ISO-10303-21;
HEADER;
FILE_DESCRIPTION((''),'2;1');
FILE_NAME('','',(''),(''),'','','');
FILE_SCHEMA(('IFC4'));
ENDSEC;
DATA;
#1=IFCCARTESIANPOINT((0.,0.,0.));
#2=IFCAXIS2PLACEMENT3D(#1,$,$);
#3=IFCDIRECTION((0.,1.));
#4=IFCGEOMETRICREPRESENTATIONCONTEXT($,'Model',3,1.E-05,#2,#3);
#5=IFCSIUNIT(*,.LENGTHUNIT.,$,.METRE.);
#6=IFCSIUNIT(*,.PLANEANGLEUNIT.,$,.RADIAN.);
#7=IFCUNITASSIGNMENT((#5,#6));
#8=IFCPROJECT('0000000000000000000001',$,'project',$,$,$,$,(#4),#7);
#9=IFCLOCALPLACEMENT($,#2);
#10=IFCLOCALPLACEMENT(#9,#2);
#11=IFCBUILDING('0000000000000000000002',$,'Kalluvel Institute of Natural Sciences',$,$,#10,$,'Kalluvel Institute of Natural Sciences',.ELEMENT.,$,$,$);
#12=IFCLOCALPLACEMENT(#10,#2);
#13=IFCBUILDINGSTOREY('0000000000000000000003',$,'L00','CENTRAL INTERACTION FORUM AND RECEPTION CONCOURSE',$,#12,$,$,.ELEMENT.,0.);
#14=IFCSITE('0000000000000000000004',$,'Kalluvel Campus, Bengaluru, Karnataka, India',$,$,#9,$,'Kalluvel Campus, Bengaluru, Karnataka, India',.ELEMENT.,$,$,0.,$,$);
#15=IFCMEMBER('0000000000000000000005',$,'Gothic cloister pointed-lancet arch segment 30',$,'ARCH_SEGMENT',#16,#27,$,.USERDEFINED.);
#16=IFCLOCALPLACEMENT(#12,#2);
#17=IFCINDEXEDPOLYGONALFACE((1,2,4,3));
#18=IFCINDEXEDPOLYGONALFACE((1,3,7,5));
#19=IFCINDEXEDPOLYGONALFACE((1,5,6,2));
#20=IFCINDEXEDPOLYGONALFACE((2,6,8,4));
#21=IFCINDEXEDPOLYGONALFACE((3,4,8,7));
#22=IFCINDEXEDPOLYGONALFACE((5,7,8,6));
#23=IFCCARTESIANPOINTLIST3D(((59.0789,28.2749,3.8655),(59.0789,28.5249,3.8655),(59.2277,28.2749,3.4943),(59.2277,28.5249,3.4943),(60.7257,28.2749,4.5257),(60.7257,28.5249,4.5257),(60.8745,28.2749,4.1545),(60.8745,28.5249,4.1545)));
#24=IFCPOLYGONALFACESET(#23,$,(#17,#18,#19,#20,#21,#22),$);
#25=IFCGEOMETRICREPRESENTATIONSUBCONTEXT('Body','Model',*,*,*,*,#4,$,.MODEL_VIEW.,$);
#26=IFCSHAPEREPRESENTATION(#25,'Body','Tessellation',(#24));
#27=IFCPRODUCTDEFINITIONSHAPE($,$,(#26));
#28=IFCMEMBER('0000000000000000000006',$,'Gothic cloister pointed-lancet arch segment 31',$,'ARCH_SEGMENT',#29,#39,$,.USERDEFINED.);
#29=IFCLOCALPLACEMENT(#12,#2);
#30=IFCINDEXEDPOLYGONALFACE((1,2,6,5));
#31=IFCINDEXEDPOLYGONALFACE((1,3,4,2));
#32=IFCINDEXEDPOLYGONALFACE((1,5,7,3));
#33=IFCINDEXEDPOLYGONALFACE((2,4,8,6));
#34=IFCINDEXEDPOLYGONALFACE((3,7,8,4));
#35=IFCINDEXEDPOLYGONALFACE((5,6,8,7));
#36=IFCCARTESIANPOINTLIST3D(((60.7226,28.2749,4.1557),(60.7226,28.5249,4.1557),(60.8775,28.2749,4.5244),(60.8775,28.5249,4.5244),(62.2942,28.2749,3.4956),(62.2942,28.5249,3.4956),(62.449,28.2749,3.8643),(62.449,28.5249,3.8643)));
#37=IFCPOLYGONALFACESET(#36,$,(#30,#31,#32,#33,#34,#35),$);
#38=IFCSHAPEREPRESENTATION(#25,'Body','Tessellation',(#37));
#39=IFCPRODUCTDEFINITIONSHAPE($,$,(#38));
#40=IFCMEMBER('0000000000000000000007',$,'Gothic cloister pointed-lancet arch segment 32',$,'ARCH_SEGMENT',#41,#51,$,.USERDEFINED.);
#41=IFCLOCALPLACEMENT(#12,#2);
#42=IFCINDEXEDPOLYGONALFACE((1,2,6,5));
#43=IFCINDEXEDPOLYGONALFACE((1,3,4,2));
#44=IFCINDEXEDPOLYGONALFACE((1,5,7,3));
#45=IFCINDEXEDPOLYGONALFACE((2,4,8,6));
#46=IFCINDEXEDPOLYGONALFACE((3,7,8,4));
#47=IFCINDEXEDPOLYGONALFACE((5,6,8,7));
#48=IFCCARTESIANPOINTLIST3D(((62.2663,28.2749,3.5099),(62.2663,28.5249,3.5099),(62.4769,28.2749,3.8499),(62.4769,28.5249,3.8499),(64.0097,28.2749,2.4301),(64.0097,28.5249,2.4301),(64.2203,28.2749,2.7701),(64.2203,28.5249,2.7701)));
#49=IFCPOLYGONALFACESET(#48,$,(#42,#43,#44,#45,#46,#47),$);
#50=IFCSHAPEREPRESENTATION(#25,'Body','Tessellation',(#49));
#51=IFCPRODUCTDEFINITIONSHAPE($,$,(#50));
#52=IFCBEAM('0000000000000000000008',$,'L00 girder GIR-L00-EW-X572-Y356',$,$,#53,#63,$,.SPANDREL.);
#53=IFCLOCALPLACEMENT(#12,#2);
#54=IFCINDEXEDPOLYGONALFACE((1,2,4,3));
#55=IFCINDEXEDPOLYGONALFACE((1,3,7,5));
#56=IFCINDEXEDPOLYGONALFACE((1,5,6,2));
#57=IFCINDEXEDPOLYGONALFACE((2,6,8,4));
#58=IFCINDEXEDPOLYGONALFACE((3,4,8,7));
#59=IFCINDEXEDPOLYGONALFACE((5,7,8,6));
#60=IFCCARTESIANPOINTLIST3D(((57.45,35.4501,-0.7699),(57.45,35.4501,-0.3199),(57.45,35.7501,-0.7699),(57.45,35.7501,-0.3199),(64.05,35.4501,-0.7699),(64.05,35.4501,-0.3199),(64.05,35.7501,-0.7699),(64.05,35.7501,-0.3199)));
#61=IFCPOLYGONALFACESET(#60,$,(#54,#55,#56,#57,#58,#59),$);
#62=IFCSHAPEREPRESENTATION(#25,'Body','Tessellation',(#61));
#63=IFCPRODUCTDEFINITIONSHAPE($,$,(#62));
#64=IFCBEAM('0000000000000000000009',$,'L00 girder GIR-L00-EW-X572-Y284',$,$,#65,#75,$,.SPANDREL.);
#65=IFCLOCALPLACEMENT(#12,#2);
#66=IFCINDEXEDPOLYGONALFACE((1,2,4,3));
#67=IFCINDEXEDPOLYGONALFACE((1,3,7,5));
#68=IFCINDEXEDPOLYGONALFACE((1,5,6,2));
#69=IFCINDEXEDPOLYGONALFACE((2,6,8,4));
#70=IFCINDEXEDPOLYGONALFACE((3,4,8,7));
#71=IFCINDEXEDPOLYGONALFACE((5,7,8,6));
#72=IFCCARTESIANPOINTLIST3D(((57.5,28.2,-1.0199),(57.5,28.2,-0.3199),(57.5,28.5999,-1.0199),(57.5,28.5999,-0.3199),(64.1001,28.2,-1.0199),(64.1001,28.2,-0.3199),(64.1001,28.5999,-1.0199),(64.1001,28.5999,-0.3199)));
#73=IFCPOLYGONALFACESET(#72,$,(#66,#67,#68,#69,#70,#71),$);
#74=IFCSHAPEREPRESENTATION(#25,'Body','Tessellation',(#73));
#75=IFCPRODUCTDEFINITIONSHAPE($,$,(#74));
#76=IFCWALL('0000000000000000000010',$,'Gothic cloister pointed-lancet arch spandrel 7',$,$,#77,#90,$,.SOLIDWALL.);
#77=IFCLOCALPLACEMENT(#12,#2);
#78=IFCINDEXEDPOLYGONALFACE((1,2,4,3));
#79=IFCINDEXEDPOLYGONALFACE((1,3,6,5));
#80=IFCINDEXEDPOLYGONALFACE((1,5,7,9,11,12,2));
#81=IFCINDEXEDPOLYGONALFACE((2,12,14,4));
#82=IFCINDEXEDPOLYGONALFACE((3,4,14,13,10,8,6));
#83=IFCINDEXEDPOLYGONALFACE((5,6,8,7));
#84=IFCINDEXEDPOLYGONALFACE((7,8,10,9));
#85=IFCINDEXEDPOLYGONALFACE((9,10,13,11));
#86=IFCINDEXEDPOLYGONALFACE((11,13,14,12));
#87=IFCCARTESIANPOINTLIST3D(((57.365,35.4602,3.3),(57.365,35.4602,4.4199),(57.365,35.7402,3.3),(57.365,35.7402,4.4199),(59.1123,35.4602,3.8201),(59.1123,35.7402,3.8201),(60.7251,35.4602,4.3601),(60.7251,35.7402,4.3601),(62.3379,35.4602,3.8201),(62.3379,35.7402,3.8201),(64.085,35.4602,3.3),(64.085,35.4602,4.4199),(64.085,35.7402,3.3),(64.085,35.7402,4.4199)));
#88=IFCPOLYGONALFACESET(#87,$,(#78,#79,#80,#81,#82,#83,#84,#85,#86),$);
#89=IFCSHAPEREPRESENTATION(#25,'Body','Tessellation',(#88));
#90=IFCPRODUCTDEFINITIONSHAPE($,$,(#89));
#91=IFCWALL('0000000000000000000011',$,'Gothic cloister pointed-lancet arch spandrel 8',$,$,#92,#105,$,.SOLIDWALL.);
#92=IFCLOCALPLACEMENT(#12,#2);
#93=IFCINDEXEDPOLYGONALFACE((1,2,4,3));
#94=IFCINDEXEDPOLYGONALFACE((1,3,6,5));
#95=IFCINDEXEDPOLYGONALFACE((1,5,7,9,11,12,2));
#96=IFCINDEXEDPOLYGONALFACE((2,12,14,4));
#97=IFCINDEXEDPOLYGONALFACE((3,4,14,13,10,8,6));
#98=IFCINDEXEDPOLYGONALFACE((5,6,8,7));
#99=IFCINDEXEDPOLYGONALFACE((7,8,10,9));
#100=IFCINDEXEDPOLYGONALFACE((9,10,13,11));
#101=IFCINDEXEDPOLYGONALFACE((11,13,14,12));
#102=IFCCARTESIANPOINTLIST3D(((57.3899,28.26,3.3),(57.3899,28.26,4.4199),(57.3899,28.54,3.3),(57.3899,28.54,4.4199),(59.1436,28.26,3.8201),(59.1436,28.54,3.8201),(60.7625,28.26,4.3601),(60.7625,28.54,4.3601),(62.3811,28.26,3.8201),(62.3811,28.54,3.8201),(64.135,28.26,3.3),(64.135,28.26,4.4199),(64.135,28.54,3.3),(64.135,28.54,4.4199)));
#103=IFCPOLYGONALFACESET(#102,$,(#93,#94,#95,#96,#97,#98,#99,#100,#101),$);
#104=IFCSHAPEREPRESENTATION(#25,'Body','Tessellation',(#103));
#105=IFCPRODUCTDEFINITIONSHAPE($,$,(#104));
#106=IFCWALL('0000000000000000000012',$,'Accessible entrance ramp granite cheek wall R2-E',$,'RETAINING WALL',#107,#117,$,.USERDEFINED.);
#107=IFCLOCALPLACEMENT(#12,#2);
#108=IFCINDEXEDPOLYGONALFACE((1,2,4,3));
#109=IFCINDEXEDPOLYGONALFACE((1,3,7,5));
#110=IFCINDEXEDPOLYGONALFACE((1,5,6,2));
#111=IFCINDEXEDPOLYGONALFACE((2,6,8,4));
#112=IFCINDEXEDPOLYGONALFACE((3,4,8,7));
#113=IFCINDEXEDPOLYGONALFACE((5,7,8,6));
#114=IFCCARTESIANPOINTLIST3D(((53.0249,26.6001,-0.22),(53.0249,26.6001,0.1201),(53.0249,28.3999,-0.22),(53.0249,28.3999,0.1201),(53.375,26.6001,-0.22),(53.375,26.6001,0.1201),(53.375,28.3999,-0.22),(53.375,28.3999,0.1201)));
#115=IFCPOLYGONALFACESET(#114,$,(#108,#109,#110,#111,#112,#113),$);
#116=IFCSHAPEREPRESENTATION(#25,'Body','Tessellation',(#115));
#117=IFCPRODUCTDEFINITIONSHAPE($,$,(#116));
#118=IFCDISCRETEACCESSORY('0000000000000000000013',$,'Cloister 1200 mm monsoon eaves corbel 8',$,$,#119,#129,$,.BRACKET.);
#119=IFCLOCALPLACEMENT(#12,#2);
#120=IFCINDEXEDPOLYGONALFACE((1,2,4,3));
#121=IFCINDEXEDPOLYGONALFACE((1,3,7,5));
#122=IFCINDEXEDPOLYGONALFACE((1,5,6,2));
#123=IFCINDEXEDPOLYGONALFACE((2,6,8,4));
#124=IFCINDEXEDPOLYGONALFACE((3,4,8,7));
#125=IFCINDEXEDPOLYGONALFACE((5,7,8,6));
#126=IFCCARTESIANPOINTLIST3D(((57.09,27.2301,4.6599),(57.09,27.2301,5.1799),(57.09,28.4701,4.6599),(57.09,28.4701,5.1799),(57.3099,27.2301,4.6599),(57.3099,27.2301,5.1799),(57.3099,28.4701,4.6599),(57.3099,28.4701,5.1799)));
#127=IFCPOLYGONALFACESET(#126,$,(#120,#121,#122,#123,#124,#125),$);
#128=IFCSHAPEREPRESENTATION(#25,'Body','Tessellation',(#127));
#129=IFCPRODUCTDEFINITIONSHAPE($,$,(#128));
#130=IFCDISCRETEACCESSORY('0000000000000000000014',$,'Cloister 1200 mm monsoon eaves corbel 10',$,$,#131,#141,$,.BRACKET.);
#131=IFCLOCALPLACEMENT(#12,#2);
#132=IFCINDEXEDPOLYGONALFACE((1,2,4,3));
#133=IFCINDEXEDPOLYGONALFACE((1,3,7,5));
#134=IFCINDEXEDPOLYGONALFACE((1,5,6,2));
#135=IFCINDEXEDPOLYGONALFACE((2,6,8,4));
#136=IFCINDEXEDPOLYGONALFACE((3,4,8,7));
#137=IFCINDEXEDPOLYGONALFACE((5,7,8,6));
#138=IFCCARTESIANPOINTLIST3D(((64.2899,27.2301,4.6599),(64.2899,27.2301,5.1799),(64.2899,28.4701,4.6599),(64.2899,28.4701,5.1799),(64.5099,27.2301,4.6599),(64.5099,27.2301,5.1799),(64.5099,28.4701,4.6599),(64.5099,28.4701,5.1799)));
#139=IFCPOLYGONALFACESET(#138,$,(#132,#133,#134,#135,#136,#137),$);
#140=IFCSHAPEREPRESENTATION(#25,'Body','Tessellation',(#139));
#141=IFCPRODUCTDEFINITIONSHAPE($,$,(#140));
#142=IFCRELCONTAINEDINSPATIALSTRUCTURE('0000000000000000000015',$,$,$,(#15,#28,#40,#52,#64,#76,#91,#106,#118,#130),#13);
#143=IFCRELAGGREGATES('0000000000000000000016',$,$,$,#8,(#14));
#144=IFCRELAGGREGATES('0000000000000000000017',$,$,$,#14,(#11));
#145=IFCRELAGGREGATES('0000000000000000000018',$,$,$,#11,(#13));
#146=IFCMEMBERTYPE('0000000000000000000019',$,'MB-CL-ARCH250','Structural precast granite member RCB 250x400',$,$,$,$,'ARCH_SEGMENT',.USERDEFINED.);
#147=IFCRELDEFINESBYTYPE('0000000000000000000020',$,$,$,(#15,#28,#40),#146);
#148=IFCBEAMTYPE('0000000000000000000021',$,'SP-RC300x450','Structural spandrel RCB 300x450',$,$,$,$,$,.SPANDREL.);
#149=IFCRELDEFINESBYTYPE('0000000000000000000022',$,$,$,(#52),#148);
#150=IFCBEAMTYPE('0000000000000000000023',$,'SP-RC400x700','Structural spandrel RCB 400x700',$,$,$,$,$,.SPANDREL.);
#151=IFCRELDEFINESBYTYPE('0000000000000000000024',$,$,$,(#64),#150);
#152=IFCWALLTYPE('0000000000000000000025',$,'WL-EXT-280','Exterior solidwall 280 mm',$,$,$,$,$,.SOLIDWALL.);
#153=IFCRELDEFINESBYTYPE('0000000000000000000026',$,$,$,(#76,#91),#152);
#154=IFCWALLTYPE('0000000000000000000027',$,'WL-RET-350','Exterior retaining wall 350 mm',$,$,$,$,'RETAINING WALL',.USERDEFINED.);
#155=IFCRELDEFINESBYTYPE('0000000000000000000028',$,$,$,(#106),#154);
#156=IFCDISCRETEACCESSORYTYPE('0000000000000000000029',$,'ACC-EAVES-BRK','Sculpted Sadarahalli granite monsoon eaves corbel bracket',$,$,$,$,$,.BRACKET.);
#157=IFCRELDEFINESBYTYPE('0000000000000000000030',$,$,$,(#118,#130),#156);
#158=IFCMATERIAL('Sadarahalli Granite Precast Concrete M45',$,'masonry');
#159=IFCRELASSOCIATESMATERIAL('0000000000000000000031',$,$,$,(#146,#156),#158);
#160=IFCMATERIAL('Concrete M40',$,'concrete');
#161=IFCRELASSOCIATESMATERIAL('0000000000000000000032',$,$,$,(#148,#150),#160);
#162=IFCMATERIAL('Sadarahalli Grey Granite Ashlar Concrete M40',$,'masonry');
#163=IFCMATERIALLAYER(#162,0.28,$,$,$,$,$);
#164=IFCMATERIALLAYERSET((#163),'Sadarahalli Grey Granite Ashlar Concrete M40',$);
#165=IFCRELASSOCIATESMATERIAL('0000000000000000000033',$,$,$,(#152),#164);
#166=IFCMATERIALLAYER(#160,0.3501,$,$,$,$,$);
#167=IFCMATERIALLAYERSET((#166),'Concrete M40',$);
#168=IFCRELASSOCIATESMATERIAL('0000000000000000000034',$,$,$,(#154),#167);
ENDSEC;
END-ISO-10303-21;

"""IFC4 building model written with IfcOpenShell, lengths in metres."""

from ifc_helpers import new_model, si_unit, direction, frame, frame_2d, origin, origin_2d, place, context, subcontext, project, spatial, polyline, rectangle, outline, extrude, material, layer, layer_set, material_profile, profile_set, type_object, element, save


model = new_model("IFC4")

# Units and contexts
model_context = context("Model", 3, precision=1e-05, world=origin(), true_north=direction((0.0, 1.0)))
body_context = subcontext(model_context, "Body", "Model", "MODEL_VIEW")
ifc_project = project(units=[si_unit("LENGTHUNIT", "METRE"), si_unit("PLANEANGLEUNIT", "RADIAN")], contexts=[model_context])

# Site, building, storey
site_placement = place(None, origin())
site = spatial("IfcSite", under=ifc_project, at=site_placement, Name="Kalluvel Campus, Bengaluru, Karnataka, India", LongName="Kalluvel Campus, Bengaluru, Karnataka, India", CompositionType="ELEMENT", RefElevation=0.0)
building_placement = place(site_placement, origin())
building = spatial("IfcBuilding", under=site, at=building_placement, Name="Kalluvel Institute of Natural Sciences", LongName="Kalluvel Institute of Natural Sciences", CompositionType="ELEMENT")
storey_placement = place(building_placement, origin())
storey = spatial("IfcBuildingStorey", under=building, at=storey_placement, Name="L00", Description="CENTRAL INTERACTION FORUM AND RECEPTION CONCOURSE", CompositionType="ELEMENT", Elevation=0.0)

# Shared definitions
ifc_material_1 = material(Name="Concrete M40", Category="concrete")

# Members
ifc_material_2 = material(Name="Sadarahalli Granite Precast Concrete M45", Category="masonry")
ifc_material_profile_1 = material_profile(ifc_material_2, rectangle(XDim=0.25, YDim=0.3999, at=origin_2d()), Name="RCB 250x400")
ifc_profile_set_1 = profile_set([ifc_material_profile_1], Name="Sadarahalli Granite Precast Concrete M45")
member_type = type_object("IfcMemberType", Name="MB-CL-ARCH250", Description="Structural precast granite member RCB 250x400", ElementType="ARCH_SEGMENT", PredefinedType="USERDEFINED", material=ifc_profile_set_1)
member_1_placement = place(storey_placement, frame((59.1533, 28.3999, 3.6799), z_axis=(0.928192, 0.0, 0.372102), x_axis=(0.0, 1.0, 0.0)))
element("IfcMember", 1, at=member_1_placement, inside=storey, type_object=member_type, Name="Gothic cloister pointed-lancet arch segment 30", ObjectType="ARCH_SEGMENT", PredefinedType="USERDEFINED", context=body_context, shape_type="SweptSolid", body=[
    extrude(rectangle(XDim=0.25, YDim=0.3999, at=origin_2d()), origin(), (0.0, 0.0, 1.0), 1.7742),
])
member_2_placement = place(storey_placement, frame((60.8, 28.3999, 4.3401), z_axis=(0.921959, 0.0, -0.387288), x_axis=(0.0, 1.0, 0.0)))
element("IfcMember", 2, at=member_2_placement, inside=storey, type_object=member_type, Name="Gothic cloister pointed-lancet arch segment 31", ObjectType="ARCH_SEGMENT", PredefinedType="USERDEFINED", context=body_context, shape_type="SweptSolid", body=[
    extrude(rectangle(XDim=0.25, YDim=0.3999, at=origin_2d()), origin(), (0.0, 0.0, 1.0), 1.7046),
])
member_3_placement = place(storey_placement, frame((62.3716, 28.3999, 3.6799), z_axis=(0.850138, 0.0, -0.52656), x_axis=(0.0, 1.0, 0.0)))
element("IfcMember", 3, at=member_3_placement, inside=storey, type_object=member_type, Name="Gothic cloister pointed-lancet arch segment 32", ObjectType="ARCH_SEGMENT", PredefinedType="USERDEFINED", context=body_context, shape_type="SweptSolid", body=[
    extrude(rectangle(XDim=0.25, YDim=0.3999, at=origin_2d()), origin(), (0.0, 0.0, 1.0), 2.0508),
])

# Beams
ifc_material_profile_2 = material_profile(ifc_material_1, rectangle(XDim=0.3, YDim=0.45, at=origin_2d()), Name="RCB 300x450")
ifc_profile_set_2 = profile_set([ifc_material_profile_2], Name="Concrete M40")
beam_type_1 = type_object("IfcBeamType", Name="SP-RC300x450", Description="Structural spandrel RCB 300x450", PredefinedType="SPANDREL", material=ifc_profile_set_2)
beam_1_placement = place(storey_placement, frame((57.45, 35.6001, -0.5449), z_axis=(1.0, 0.0, 0.0), x_axis=(0.0, 1.0, 0.0)))
element("IfcBeam", 4, at=beam_1_placement, inside=storey, type_object=beam_type_1, Name="L00 girder GIR-L00-EW-X572-Y356", PredefinedType="SPANDREL", context=body_context, shape_type="SweptSolid", body=[
    extrude(rectangle(XDim=0.3, YDim=0.45, at=origin_2d()), origin(), (0.0, 0.0, 1.0), 6.6001),
])
ifc_material_profile_3 = material_profile(ifc_material_1, rectangle(XDim=0.3999, YDim=0.7, at=origin_2d()), Name="RCB 400x700")
ifc_profile_set_3 = profile_set([ifc_material_profile_3], Name="Concrete M40")
beam_type_2 = type_object("IfcBeamType", Name="SP-RC400x700", Description="Structural spandrel RCB 400x700", PredefinedType="SPANDREL", material=ifc_profile_set_3)
beam_2_placement = place(storey_placement, frame((57.5, 28.3999, -0.6699), z_axis=(1.0, 0.0, 0.0), x_axis=(0.0, 1.0, 0.0)))
element("IfcBeam", 5, at=beam_2_placement, inside=storey, type_object=beam_type_2, Name="L00 girder GIR-L00-EW-X572-Y284", PredefinedType="SPANDREL", context=body_context, shape_type="SweptSolid", body=[
    extrude(rectangle(XDim=0.3999, YDim=0.7, at=origin_2d()), origin(), (0.0, 0.0, 1.0), 6.6001),
])

# Walls
ifc_material_3 = material(Name="Sadarahalli Grey Granite Ashlar Concrete M40", Category="masonry")
ifc_layer_1 = layer(ifc_material_3, 0.28)
ifc_layer_set_1 = layer_set([ifc_layer_1], Name="Sadarahalli Grey Granite Ashlar Concrete M40")
wall_type_1 = type_object("IfcWallType", Name="WL-EXT-280", Description="Exterior solidwall 280 mm", PredefinedType="SOLIDWALL", material=ifc_layer_set_1)
wall_1_placement = place(storey_placement, frame((57.365, 35.6001, 3.3), z_axis=(0.0, 0.0, 1.0), x_axis=(1.0, 0.0, 0.0)))
element("IfcWall", 6, at=wall_1_placement, inside=storey, type_object=wall_type_1, Name="Gothic cloister pointed-lancet arch spandrel 7", PredefinedType="SOLIDWALL", context=body_context, shape_type="SweptSolid", body=[
    extrude(outline(polyline([(0.0, 0.0), (1.7473, 0.52), (3.3601, 1.0601), (4.9729, 0.52), (6.72, 0.0), (6.72, 1.1199), (0.0, 1.1199), (0.0, 0.0)])), frame((0.0, 0.1401, 0.0), z_axis=(0.0, -1.0, 0.0), x_axis=(1.0, 0.0, 0.0)), (0.0, 0.0, 1.0), 0.28),
])
wall_2_placement = place(storey_placement, frame((57.3899, 28.3999, 3.3), z_axis=(0.0, 0.0, 1.0), x_axis=(1.0, 0.0, 0.0)))
element("IfcWall", 7, at=wall_2_placement, inside=storey, type_object=wall_type_1, Name="Gothic cloister pointed-lancet arch spandrel 8", PredefinedType="SOLIDWALL", context=body_context, shape_type="SweptSolid", body=[
    extrude(outline(polyline([(0.0, 0.0), (1.7537, 0.52), (3.3726, 1.0601), (4.9912, 0.52), (6.7451, 0.0), (6.7451, 1.1199), (0.0, 1.1199), (0.0, 0.0)])), frame((0.0, 0.1401, 0.0), z_axis=(0.0, -1.0, 0.0), x_axis=(1.0, 0.0, 0.0)), (0.0, 0.0, 1.0), 0.28),
])
ifc_layer_2 = layer(ifc_material_1, 0.3501)
ifc_layer_set_2 = layer_set([ifc_layer_2], Name="Concrete M40")
wall_type_2 = type_object("IfcWallType", Name="WL-RET-350", Description="Exterior retaining wall 350 mm", ElementType="RETAINING WALL", PredefinedType="USERDEFINED", material=ifc_layer_set_2)
wall_3_placement = place(storey_placement, frame((53.2, 26.6001, -0.22), z_axis=(0.0, 0.0, 1.0), x_axis=(0.0, 1.0, 0.0)))
element("IfcWall", 8, at=wall_3_placement, inside=storey, type_object=wall_type_2, Name="Accessible entrance ramp granite cheek wall R2-E", ObjectType="RETAINING WALL", PredefinedType="USERDEFINED", context=body_context, shape_type="SweptSolid", body=[
    extrude(rectangle(XDim=1.7998, YDim=0.3501, at=frame_2d((0.8999, 0.0))), origin(), (0.0, 0.0, 1.0), 0.3401),
])

# Discrete accessories
discrete_accessory_type = type_object("IfcDiscreteAccessoryType", Name="ACC-EAVES-BRK", Description="Sculpted Sadarahalli granite monsoon eaves corbel bracket", PredefinedType="BRACKET", material=ifc_material_2)
for number, where, z_axis, x_axis, name in (
    (9, (57.2, 27.8501, 4.6599), (0.0, 0.0, 1.0), (1.0, 0.0, 0.0), "Cloister 1200 mm monsoon eaves corbel 8"),
    (10, (64.3999, 27.8501, 4.6599), (0.0, 0.0, 1.0), (1.0, 0.0, 0.0), "Cloister 1200 mm monsoon eaves corbel 10"),
):
    element("IfcDiscreteAccessory", number, at=place(storey_placement, frame(where, z_axis=z_axis, x_axis=x_axis)), inside=storey, type_object=discrete_accessory_type, Name=name, PredefinedType="BRACKET", context=body_context, shape_type="SweptSolid", body=[
        extrude(rectangle(XDim=0.22, YDim=1.24, at=origin_2d()), origin(), (0.0, 0.0, 1.0), 0.52),
    ])

save(model, "model.ifc")
